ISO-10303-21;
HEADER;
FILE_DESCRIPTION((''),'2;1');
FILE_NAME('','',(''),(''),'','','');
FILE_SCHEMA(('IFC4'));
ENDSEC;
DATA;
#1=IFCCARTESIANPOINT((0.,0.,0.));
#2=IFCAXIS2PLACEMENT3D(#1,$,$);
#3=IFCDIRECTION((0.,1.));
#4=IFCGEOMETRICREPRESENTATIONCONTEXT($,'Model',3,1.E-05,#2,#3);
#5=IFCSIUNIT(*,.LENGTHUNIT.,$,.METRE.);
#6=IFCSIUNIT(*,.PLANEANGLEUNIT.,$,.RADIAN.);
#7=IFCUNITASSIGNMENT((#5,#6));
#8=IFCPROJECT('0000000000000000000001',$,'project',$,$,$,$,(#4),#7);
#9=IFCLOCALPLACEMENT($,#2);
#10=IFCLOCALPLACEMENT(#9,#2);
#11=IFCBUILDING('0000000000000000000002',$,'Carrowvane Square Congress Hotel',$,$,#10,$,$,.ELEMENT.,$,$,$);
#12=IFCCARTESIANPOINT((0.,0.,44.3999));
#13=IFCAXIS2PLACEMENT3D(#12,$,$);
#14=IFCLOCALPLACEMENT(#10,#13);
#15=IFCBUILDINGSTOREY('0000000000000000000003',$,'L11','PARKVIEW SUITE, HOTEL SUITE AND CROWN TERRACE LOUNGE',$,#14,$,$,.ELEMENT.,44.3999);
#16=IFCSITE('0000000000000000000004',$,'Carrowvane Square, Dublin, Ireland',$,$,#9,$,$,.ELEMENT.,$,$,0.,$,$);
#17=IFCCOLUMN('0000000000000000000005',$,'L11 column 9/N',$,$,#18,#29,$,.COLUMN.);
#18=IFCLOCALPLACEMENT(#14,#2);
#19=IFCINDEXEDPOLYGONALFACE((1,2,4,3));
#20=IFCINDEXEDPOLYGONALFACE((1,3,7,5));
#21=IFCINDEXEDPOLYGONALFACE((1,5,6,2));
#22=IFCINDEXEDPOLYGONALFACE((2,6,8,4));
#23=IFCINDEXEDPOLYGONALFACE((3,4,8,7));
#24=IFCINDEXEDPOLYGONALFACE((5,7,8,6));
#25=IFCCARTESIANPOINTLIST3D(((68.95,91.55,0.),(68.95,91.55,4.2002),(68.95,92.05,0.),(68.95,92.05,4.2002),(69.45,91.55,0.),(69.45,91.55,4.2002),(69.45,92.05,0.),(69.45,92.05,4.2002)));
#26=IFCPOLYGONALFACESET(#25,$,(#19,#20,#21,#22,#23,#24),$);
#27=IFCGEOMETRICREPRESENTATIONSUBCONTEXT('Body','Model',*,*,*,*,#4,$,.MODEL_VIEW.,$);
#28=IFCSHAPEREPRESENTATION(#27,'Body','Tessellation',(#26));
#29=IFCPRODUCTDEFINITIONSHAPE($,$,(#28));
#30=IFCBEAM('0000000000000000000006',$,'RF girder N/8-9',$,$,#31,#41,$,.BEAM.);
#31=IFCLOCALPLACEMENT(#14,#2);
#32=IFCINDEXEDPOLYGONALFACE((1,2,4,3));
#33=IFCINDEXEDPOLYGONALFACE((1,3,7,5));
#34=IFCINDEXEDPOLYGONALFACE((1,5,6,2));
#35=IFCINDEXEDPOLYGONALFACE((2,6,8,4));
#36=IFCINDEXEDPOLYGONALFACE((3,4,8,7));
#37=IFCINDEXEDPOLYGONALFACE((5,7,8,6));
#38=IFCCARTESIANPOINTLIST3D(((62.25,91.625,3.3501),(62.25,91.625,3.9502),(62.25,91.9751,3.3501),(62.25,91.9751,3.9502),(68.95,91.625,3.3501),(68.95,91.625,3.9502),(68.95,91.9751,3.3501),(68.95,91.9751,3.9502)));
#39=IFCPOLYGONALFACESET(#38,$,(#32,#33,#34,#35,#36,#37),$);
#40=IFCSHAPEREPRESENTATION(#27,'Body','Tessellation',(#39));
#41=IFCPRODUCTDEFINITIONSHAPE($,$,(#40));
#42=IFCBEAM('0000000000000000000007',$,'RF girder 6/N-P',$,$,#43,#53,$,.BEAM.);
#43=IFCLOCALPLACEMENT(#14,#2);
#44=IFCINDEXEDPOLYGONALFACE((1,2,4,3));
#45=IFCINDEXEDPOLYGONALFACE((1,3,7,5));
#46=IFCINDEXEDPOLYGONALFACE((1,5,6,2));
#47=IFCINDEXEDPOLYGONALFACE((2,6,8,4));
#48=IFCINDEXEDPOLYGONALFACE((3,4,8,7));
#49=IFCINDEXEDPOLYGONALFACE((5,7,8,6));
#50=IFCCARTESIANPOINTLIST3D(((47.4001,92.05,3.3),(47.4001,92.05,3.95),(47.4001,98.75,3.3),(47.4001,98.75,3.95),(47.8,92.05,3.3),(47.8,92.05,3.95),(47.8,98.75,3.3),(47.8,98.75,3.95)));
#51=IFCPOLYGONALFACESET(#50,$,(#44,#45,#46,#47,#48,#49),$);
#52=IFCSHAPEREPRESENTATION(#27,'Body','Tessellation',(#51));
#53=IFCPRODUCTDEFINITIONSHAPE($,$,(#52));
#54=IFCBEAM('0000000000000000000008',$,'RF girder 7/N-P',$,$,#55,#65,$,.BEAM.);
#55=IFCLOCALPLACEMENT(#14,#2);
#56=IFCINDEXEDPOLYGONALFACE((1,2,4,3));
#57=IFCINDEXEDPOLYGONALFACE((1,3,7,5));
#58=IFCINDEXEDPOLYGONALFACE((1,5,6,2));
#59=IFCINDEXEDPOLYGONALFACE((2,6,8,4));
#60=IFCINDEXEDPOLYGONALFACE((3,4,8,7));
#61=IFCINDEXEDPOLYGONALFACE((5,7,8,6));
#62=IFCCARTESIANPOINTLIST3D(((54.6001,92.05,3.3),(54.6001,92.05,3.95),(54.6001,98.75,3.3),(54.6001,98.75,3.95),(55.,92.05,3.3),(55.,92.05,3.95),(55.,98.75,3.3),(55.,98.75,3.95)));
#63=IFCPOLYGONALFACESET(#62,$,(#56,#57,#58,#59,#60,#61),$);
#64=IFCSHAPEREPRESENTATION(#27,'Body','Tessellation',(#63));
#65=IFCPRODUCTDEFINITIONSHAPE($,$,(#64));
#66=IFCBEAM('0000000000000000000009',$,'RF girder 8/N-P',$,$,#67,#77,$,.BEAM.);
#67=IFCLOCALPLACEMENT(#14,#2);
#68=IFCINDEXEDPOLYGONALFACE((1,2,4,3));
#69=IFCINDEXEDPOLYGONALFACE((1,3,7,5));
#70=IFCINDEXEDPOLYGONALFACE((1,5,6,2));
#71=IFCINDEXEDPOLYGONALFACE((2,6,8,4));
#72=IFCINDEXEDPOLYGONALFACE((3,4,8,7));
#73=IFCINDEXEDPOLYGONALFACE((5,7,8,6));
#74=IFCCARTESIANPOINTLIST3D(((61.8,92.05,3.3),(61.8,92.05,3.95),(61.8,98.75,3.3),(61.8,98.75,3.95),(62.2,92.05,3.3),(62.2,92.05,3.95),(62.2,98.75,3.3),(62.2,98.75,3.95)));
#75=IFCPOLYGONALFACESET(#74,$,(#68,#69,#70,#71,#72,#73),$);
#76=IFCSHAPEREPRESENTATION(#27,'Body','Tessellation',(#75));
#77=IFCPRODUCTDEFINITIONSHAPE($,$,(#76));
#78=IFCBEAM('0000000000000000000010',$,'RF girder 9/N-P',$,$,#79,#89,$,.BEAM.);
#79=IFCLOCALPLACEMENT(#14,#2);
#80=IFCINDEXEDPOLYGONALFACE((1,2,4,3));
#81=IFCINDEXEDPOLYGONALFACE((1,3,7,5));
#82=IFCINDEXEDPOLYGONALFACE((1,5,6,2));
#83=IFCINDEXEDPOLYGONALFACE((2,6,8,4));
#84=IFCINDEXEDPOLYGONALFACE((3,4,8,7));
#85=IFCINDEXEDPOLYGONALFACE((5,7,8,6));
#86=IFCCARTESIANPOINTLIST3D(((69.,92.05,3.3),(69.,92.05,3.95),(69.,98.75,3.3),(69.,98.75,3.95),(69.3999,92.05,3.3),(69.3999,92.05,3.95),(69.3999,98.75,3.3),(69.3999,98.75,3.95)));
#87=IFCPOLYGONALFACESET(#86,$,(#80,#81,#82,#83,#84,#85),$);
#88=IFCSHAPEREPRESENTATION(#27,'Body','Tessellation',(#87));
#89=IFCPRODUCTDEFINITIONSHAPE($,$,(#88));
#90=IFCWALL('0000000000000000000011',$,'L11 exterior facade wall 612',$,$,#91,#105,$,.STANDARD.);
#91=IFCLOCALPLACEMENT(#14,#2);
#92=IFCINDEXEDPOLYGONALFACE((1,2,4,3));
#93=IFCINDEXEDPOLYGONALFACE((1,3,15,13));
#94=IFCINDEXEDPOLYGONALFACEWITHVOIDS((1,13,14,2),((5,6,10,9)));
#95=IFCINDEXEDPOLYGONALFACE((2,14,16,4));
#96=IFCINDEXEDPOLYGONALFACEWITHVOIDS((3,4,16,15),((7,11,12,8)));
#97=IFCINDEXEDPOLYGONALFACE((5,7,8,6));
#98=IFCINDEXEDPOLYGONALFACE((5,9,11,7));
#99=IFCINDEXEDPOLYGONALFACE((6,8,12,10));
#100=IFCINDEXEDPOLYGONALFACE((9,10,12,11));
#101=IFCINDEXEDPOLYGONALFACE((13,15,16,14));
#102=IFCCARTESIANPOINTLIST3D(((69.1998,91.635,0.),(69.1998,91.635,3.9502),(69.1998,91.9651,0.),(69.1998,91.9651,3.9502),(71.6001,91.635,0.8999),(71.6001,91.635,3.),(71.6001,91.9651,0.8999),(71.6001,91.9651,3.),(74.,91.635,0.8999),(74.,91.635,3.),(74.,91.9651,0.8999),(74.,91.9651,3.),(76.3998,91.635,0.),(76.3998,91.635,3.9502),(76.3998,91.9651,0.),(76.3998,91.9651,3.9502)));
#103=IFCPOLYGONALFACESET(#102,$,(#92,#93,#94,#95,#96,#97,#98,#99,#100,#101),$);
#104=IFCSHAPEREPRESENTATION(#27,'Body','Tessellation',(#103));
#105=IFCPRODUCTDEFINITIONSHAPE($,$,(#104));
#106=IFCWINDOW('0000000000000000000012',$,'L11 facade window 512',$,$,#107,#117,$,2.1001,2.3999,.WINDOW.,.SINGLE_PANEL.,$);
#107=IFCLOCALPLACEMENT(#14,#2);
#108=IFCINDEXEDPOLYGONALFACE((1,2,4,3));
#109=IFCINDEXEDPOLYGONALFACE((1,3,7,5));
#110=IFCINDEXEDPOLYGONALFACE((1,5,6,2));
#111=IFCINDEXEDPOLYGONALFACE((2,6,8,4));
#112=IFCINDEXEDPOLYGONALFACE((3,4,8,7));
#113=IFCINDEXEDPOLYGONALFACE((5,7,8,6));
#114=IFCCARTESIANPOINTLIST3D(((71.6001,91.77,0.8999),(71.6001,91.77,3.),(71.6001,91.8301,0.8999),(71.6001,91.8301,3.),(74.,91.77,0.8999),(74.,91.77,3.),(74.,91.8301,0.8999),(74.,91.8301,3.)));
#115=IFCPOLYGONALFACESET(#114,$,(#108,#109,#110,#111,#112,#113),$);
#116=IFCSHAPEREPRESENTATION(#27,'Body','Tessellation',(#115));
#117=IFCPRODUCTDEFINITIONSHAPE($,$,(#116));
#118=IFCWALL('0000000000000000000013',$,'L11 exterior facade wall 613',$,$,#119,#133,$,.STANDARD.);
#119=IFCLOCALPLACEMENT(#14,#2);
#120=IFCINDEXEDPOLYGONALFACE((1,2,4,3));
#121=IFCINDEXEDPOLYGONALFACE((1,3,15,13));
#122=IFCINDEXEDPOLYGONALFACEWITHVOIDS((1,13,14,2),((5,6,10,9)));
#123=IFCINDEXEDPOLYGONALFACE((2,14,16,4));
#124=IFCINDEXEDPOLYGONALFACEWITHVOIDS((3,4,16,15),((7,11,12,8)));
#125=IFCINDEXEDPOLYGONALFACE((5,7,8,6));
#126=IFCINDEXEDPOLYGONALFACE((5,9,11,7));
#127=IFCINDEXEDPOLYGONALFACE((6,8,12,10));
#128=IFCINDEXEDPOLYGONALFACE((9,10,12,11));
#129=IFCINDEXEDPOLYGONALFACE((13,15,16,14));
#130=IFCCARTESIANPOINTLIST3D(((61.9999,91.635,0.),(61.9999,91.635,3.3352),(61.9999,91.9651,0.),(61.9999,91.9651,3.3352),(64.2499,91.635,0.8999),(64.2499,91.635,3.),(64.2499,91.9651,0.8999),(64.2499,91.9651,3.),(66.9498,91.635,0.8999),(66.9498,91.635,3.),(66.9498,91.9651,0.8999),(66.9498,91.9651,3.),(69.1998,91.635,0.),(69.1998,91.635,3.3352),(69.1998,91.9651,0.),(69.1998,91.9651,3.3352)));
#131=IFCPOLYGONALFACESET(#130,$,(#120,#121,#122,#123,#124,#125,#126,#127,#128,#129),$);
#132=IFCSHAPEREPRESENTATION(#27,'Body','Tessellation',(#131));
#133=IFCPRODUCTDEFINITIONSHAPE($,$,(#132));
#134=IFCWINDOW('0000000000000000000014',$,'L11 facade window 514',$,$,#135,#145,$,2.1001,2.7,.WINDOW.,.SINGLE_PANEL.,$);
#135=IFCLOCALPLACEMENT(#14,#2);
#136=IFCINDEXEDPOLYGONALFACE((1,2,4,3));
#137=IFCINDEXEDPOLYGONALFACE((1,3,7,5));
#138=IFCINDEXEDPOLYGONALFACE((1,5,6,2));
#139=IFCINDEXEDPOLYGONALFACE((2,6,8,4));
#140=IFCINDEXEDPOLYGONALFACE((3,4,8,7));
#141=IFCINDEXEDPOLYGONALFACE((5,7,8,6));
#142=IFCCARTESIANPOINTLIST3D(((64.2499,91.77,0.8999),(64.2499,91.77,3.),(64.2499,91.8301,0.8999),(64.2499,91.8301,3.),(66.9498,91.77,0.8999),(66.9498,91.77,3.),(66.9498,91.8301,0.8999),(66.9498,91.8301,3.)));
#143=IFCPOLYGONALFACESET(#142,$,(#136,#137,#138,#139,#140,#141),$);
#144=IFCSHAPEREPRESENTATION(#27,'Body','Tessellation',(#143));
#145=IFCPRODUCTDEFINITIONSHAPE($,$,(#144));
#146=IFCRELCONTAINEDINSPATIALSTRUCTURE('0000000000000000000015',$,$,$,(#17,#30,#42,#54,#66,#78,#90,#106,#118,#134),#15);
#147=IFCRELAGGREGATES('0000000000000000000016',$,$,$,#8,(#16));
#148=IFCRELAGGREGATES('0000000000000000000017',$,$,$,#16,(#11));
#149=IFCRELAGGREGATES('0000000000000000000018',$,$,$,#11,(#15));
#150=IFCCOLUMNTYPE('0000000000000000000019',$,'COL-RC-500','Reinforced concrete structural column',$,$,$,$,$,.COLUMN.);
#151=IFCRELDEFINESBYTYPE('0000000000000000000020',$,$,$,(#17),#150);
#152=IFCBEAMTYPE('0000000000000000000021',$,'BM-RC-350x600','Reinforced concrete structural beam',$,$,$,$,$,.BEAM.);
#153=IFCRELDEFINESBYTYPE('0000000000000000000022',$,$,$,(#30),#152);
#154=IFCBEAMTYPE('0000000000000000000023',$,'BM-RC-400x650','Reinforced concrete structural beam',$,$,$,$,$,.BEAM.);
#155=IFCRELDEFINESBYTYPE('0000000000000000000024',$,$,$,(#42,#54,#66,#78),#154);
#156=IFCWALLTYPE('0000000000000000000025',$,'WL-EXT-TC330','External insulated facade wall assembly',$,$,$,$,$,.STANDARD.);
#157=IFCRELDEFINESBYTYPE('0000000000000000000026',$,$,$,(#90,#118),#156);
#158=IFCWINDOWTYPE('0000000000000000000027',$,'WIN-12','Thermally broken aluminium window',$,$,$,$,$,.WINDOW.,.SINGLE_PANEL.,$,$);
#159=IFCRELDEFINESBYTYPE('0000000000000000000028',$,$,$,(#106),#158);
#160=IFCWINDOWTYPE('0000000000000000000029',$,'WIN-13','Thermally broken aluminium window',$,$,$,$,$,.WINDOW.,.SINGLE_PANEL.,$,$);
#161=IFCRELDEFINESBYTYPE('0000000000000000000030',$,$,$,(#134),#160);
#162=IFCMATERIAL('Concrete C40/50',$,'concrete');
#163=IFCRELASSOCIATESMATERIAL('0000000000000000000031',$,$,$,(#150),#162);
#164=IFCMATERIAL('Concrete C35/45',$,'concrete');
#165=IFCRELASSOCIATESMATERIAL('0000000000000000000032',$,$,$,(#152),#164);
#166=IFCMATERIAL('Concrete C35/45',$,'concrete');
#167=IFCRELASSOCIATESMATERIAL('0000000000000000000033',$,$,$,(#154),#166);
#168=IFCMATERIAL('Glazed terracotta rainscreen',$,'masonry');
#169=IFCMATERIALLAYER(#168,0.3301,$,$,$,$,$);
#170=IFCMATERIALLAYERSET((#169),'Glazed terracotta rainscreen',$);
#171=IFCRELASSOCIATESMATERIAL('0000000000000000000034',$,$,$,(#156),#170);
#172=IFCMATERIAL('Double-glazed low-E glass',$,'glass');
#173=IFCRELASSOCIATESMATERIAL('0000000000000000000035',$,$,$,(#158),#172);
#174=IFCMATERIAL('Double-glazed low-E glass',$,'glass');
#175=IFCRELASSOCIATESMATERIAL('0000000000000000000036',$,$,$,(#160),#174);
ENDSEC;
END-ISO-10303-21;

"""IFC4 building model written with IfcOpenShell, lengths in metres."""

from ifc_helpers import new_model, si_unit, direction, frame, frame_2d, origin, origin_2d, place, context, subcontext, project, spatial, rectangle, extrude, material, layer, layer_set, material_profile, profile_set, type_object, element, fill, save


model = new_model("IFC4")

# Units and contexts
model_context = context("Model", 3, precision=1e-05, world=origin(), true_north=direction((0.0, 1.0)))
body_context = subcontext(model_context, "Body", "Model", "MODEL_VIEW")
ifc_project = project(units=[si_unit("LENGTHUNIT", "METRE"), si_unit("PLANEANGLEUNIT", "RADIAN")], contexts=[model_context])

# Site, building, storey
site_placement = place(None, origin())
site = spatial("IfcSite", under=ifc_project, at=site_placement, Name="Carrowvane Square, Dublin, Ireland", CompositionType="ELEMENT", RefElevation=0.0)
building_placement = place(site_placement, origin())
building = spatial("IfcBuilding", under=site, at=building_placement, Name="Carrowvane Square Congress Hotel", CompositionType="ELEMENT")
storey_placement = place(building_placement, frame((0.0, 0.0, 44.3999)))
storey = spatial("IfcBuildingStorey", under=building, at=storey_placement, Name="L11", Description="PARKVIEW SUITE, HOTEL SUITE AND CROWN TERRACE LOUNGE", CompositionType="ELEMENT", Elevation=44.3999)

# Column
ifc_material_1 = material(Name="Concrete C40/50", Category="concrete")
ifc_material_profile_1 = material_profile(ifc_material_1, rectangle(XDim=0.5, YDim=0.5, at=origin_2d()), Name="RC 500x500")
ifc_profile_set_1 = profile_set([ifc_material_profile_1], Name="Concrete C40/50")
column_type = type_object("IfcColumnType", Name="COL-RC-500", Description="Reinforced concrete structural column", PredefinedType="COLUMN", material=ifc_profile_set_1)
column_placement = place(storey_placement, frame((69.2, 91.8, 0.0), z_axis=(0.0, 0.0, 1.0), x_axis=(1.0, 0.0, 0.0)))
element("IfcColumn", 1, at=column_placement, inside=storey, type_object=column_type, Name="L11 column 9/N", PredefinedType="COLUMN", context=body_context, shape_type="SweptSolid", body=[
    extrude(rectangle(XDim=0.5, YDim=0.5, at=origin_2d()), origin(), (0.0, 0.0, 1.0), 4.2002),
])

# Beams
ifc_material_2 = material(Name="Concrete C35/45", Category="concrete")
ifc_material_profile_2 = material_profile(ifc_material_2, rectangle(XDim=0.3501, YDim=0.6001, at=origin_2d()), Name="RC 350x600")
ifc_profile_set_2 = profile_set([ifc_material_profile_2], Name="Concrete C35/45")
beam_type_1 = type_object("IfcBeamType", Name="BM-RC-350x600", Description="Reinforced concrete structural beam", PredefinedType="BEAM", material=ifc_profile_set_2)
beam_placement = place(storey_placement, frame((62.25, 91.8, 3.6501), z_axis=(1.0, 0.0, 0.0), x_axis=(0.0, 1.0, 0.0)))
element("IfcBeam", 2, at=beam_placement, inside=storey, type_object=beam_type_1, Name="RF girder N/8-9", PredefinedType="BEAM", context=body_context, shape_type="SweptSolid", body=[
    extrude(rectangle(XDim=0.3501, YDim=0.6001, at=origin_2d()), origin(), (0.0, 0.0, 1.0), 6.7),
])
ifc_material_3 = material(Name="Concrete C35/45", Category="concrete")
ifc_material_profile_3 = material_profile(ifc_material_3, rectangle(XDim=0.3999, YDim=0.6499, at=origin_2d()), Name="RC 400x650")
ifc_profile_set_3 = profile_set([ifc_material_profile_3], Name="Concrete C35/45")
beam_type_2 = type_object("IfcBeamType", Name="BM-RC-400x650", Description="Reinforced concrete structural beam", PredefinedType="BEAM", material=ifc_profile_set_3)
for number, where, z_axis, x_axis, name in (
    (3, (47.6001, 92.05, 3.625), (0.0, 1.0, 0.0), (-1.0, 0.0, 0.0), "RF girder 6/N-P"),
    (4, (54.8, 92.05, 3.625), (0.0, 1.0, 0.0), (-1.0, 0.0, 0.0), "RF girder 7/N-P"),
    (5, (62.0, 92.05, 3.625), (0.0, 1.0, 0.0), (-1.0, 0.0, 0.0), "RF girder 8/N-P"),
    (6, (69.2, 92.05, 3.625), (0.0, 1.0, 0.0), (-1.0, 0.0, 0.0), "RF girder 9/N-P"),
):
    element("IfcBeam", number, at=place(storey_placement, frame(where, z_axis=z_axis, x_axis=x_axis)), inside=storey, type_object=beam_type_2, Name=name, PredefinedType="BEAM", context=body_context, shape_type="SweptSolid", body=[
        extrude(rectangle(XDim=0.3999, YDim=0.6499, at=origin_2d()), origin(), (0.0, 0.0, 1.0), 6.7),
    ])

# Walls, openings, windows
ifc_material_4 = material(Name="Glazed terracotta rainscreen", Category="masonry")
ifc_layer_1 = layer(ifc_material_4, 0.3301)
ifc_layer_set_1 = layer_set([ifc_layer_1], Name="Glazed terracotta rainscreen")
wall_type_1 = type_object("IfcWallType", Name="WL-EXT-TC330", Description="External insulated facade wall assembly", PredefinedType="STANDARD", material=ifc_layer_set_1)
wall_1_placement = place(storey_placement, frame((76.3999, 91.8, 0.0), z_axis=(0.0, 0.0, 1.0), x_axis=(-1.0, 0.0, 0.0)))
wall_1 = element("IfcWall", 7, at=wall_1_placement, inside=storey, type_object=wall_type_1, Name="L11 exterior facade wall 612", PredefinedType="STANDARD", context=body_context, shape_type="SweptSolid", body=[
    extrude(rectangle(XDim=7.2, YDim=0.3301, at=frame_2d((3.6001, 0.0))), origin(), (0.0, 0.0, 1.0), 3.9502),
])
opening_1_placement = place(wall_1_placement, frame((2.3999, 0.0, 0.8999)))
opening_1 = element("IfcOpeningElement", 8, at=opening_1_placement, cuts=wall_1, PredefinedType="OPENING", context=body_context, shape_type="SweptSolid", body=[
    extrude(rectangle(XDim=2.3999, YDim=2.1001, at=frame_2d((1.2, 1.05))), frame((0.0, 0.175, 0.0), z_axis=(0.0, -1.0, 0.0), x_axis=(1.0, 0.0, 0.0)), (0.0, 0.0, 1.0), 0.3501),
])
ifc_material_5 = material(Name="Double-glazed low-E glass", Category="glass")
window_type_1 = type_object("IfcWindowType", Name="WIN-12", Description="Thermally broken aluminium window", PartitioningType="SINGLE_PANEL", PredefinedType="WINDOW", material=ifc_material_5)
window_1_placement = place(opening_1_placement, origin())
window_1 = element("IfcWindow", 9, at=window_1_placement, inside=storey, type_object=window_type_1, Name="L11 facade window 512", OverallHeight=2.1001, OverallWidth=2.3999, PartitioningType="SINGLE_PANEL", PredefinedType="WINDOW", context=body_context, shape_type="SweptSolid", body=[
    extrude(rectangle(XDim=2.3999, YDim=2.1001, at=frame_2d((1.2, 1.05))), frame((0.0, 0.03, 0.0), z_axis=(0.0, -1.0, 0.0), x_axis=(1.0, 0.0, 0.0)), (0.0, 0.0, 1.0), 0.0601),
])
fill(opening_1, window_1)
wall_2_placement = place(storey_placement, frame((69.2, 91.8, 0.0), z_axis=(0.0, 0.0, 1.0), x_axis=(-1.0, 0.0, 0.0)))
wall_2 = element("IfcWall", 10, at=wall_2_placement, inside=storey, type_object=wall_type_1, Name="L11 exterior facade wall 613", PredefinedType="STANDARD", context=body_context, shape_type="SweptSolid", body=[
    extrude(rectangle(XDim=7.2, YDim=0.3301, at=frame_2d((3.6001, 0.0))), origin(), (0.0, 0.0, 1.0), 3.3352),
])
opening_2_placement = place(wall_2_placement, frame((2.25, 0.0, 0.8999)))
opening_2 = element("IfcOpeningElement", 11, at=opening_2_placement, cuts=wall_2, PredefinedType="OPENING", context=body_context, shape_type="SweptSolid", body=[
    extrude(rectangle(XDim=2.7, YDim=2.1001, at=frame_2d((1.3501, 1.05))), frame((0.0, 0.175, 0.0), z_axis=(0.0, -1.0, 0.0), x_axis=(1.0, 0.0, 0.0)), (0.0, 0.0, 1.0), 0.3501),
])
ifc_material_6 = material(Name="Double-glazed low-E glass", Category="glass")
window_type_2 = type_object("IfcWindowType", Name="WIN-13", Description="Thermally broken aluminium window", PartitioningType="SINGLE_PANEL", PredefinedType="WINDOW", material=ifc_material_6)
window_2_placement = place(opening_2_placement, origin())
window_2 = element("IfcWindow", 12, at=window_2_placement, inside=storey, type_object=window_type_2, Name="L11 facade window 514", OverallHeight=2.1001, OverallWidth=2.7, PartitioningType="SINGLE_PANEL", PredefinedType="WINDOW", context=body_context, shape_type="SweptSolid", body=[
    extrude(rectangle(XDim=2.7, YDim=2.1001, at=frame_2d((1.3501, 1.05))), frame((0.0, 0.03, 0.0), z_axis=(0.0, -1.0, 0.0), x_axis=(1.0, 0.0, 0.0)), (0.0, 0.0, 1.0), 0.0601),
])
fill(opening_2, window_2)

save(model, "model.ifc")
